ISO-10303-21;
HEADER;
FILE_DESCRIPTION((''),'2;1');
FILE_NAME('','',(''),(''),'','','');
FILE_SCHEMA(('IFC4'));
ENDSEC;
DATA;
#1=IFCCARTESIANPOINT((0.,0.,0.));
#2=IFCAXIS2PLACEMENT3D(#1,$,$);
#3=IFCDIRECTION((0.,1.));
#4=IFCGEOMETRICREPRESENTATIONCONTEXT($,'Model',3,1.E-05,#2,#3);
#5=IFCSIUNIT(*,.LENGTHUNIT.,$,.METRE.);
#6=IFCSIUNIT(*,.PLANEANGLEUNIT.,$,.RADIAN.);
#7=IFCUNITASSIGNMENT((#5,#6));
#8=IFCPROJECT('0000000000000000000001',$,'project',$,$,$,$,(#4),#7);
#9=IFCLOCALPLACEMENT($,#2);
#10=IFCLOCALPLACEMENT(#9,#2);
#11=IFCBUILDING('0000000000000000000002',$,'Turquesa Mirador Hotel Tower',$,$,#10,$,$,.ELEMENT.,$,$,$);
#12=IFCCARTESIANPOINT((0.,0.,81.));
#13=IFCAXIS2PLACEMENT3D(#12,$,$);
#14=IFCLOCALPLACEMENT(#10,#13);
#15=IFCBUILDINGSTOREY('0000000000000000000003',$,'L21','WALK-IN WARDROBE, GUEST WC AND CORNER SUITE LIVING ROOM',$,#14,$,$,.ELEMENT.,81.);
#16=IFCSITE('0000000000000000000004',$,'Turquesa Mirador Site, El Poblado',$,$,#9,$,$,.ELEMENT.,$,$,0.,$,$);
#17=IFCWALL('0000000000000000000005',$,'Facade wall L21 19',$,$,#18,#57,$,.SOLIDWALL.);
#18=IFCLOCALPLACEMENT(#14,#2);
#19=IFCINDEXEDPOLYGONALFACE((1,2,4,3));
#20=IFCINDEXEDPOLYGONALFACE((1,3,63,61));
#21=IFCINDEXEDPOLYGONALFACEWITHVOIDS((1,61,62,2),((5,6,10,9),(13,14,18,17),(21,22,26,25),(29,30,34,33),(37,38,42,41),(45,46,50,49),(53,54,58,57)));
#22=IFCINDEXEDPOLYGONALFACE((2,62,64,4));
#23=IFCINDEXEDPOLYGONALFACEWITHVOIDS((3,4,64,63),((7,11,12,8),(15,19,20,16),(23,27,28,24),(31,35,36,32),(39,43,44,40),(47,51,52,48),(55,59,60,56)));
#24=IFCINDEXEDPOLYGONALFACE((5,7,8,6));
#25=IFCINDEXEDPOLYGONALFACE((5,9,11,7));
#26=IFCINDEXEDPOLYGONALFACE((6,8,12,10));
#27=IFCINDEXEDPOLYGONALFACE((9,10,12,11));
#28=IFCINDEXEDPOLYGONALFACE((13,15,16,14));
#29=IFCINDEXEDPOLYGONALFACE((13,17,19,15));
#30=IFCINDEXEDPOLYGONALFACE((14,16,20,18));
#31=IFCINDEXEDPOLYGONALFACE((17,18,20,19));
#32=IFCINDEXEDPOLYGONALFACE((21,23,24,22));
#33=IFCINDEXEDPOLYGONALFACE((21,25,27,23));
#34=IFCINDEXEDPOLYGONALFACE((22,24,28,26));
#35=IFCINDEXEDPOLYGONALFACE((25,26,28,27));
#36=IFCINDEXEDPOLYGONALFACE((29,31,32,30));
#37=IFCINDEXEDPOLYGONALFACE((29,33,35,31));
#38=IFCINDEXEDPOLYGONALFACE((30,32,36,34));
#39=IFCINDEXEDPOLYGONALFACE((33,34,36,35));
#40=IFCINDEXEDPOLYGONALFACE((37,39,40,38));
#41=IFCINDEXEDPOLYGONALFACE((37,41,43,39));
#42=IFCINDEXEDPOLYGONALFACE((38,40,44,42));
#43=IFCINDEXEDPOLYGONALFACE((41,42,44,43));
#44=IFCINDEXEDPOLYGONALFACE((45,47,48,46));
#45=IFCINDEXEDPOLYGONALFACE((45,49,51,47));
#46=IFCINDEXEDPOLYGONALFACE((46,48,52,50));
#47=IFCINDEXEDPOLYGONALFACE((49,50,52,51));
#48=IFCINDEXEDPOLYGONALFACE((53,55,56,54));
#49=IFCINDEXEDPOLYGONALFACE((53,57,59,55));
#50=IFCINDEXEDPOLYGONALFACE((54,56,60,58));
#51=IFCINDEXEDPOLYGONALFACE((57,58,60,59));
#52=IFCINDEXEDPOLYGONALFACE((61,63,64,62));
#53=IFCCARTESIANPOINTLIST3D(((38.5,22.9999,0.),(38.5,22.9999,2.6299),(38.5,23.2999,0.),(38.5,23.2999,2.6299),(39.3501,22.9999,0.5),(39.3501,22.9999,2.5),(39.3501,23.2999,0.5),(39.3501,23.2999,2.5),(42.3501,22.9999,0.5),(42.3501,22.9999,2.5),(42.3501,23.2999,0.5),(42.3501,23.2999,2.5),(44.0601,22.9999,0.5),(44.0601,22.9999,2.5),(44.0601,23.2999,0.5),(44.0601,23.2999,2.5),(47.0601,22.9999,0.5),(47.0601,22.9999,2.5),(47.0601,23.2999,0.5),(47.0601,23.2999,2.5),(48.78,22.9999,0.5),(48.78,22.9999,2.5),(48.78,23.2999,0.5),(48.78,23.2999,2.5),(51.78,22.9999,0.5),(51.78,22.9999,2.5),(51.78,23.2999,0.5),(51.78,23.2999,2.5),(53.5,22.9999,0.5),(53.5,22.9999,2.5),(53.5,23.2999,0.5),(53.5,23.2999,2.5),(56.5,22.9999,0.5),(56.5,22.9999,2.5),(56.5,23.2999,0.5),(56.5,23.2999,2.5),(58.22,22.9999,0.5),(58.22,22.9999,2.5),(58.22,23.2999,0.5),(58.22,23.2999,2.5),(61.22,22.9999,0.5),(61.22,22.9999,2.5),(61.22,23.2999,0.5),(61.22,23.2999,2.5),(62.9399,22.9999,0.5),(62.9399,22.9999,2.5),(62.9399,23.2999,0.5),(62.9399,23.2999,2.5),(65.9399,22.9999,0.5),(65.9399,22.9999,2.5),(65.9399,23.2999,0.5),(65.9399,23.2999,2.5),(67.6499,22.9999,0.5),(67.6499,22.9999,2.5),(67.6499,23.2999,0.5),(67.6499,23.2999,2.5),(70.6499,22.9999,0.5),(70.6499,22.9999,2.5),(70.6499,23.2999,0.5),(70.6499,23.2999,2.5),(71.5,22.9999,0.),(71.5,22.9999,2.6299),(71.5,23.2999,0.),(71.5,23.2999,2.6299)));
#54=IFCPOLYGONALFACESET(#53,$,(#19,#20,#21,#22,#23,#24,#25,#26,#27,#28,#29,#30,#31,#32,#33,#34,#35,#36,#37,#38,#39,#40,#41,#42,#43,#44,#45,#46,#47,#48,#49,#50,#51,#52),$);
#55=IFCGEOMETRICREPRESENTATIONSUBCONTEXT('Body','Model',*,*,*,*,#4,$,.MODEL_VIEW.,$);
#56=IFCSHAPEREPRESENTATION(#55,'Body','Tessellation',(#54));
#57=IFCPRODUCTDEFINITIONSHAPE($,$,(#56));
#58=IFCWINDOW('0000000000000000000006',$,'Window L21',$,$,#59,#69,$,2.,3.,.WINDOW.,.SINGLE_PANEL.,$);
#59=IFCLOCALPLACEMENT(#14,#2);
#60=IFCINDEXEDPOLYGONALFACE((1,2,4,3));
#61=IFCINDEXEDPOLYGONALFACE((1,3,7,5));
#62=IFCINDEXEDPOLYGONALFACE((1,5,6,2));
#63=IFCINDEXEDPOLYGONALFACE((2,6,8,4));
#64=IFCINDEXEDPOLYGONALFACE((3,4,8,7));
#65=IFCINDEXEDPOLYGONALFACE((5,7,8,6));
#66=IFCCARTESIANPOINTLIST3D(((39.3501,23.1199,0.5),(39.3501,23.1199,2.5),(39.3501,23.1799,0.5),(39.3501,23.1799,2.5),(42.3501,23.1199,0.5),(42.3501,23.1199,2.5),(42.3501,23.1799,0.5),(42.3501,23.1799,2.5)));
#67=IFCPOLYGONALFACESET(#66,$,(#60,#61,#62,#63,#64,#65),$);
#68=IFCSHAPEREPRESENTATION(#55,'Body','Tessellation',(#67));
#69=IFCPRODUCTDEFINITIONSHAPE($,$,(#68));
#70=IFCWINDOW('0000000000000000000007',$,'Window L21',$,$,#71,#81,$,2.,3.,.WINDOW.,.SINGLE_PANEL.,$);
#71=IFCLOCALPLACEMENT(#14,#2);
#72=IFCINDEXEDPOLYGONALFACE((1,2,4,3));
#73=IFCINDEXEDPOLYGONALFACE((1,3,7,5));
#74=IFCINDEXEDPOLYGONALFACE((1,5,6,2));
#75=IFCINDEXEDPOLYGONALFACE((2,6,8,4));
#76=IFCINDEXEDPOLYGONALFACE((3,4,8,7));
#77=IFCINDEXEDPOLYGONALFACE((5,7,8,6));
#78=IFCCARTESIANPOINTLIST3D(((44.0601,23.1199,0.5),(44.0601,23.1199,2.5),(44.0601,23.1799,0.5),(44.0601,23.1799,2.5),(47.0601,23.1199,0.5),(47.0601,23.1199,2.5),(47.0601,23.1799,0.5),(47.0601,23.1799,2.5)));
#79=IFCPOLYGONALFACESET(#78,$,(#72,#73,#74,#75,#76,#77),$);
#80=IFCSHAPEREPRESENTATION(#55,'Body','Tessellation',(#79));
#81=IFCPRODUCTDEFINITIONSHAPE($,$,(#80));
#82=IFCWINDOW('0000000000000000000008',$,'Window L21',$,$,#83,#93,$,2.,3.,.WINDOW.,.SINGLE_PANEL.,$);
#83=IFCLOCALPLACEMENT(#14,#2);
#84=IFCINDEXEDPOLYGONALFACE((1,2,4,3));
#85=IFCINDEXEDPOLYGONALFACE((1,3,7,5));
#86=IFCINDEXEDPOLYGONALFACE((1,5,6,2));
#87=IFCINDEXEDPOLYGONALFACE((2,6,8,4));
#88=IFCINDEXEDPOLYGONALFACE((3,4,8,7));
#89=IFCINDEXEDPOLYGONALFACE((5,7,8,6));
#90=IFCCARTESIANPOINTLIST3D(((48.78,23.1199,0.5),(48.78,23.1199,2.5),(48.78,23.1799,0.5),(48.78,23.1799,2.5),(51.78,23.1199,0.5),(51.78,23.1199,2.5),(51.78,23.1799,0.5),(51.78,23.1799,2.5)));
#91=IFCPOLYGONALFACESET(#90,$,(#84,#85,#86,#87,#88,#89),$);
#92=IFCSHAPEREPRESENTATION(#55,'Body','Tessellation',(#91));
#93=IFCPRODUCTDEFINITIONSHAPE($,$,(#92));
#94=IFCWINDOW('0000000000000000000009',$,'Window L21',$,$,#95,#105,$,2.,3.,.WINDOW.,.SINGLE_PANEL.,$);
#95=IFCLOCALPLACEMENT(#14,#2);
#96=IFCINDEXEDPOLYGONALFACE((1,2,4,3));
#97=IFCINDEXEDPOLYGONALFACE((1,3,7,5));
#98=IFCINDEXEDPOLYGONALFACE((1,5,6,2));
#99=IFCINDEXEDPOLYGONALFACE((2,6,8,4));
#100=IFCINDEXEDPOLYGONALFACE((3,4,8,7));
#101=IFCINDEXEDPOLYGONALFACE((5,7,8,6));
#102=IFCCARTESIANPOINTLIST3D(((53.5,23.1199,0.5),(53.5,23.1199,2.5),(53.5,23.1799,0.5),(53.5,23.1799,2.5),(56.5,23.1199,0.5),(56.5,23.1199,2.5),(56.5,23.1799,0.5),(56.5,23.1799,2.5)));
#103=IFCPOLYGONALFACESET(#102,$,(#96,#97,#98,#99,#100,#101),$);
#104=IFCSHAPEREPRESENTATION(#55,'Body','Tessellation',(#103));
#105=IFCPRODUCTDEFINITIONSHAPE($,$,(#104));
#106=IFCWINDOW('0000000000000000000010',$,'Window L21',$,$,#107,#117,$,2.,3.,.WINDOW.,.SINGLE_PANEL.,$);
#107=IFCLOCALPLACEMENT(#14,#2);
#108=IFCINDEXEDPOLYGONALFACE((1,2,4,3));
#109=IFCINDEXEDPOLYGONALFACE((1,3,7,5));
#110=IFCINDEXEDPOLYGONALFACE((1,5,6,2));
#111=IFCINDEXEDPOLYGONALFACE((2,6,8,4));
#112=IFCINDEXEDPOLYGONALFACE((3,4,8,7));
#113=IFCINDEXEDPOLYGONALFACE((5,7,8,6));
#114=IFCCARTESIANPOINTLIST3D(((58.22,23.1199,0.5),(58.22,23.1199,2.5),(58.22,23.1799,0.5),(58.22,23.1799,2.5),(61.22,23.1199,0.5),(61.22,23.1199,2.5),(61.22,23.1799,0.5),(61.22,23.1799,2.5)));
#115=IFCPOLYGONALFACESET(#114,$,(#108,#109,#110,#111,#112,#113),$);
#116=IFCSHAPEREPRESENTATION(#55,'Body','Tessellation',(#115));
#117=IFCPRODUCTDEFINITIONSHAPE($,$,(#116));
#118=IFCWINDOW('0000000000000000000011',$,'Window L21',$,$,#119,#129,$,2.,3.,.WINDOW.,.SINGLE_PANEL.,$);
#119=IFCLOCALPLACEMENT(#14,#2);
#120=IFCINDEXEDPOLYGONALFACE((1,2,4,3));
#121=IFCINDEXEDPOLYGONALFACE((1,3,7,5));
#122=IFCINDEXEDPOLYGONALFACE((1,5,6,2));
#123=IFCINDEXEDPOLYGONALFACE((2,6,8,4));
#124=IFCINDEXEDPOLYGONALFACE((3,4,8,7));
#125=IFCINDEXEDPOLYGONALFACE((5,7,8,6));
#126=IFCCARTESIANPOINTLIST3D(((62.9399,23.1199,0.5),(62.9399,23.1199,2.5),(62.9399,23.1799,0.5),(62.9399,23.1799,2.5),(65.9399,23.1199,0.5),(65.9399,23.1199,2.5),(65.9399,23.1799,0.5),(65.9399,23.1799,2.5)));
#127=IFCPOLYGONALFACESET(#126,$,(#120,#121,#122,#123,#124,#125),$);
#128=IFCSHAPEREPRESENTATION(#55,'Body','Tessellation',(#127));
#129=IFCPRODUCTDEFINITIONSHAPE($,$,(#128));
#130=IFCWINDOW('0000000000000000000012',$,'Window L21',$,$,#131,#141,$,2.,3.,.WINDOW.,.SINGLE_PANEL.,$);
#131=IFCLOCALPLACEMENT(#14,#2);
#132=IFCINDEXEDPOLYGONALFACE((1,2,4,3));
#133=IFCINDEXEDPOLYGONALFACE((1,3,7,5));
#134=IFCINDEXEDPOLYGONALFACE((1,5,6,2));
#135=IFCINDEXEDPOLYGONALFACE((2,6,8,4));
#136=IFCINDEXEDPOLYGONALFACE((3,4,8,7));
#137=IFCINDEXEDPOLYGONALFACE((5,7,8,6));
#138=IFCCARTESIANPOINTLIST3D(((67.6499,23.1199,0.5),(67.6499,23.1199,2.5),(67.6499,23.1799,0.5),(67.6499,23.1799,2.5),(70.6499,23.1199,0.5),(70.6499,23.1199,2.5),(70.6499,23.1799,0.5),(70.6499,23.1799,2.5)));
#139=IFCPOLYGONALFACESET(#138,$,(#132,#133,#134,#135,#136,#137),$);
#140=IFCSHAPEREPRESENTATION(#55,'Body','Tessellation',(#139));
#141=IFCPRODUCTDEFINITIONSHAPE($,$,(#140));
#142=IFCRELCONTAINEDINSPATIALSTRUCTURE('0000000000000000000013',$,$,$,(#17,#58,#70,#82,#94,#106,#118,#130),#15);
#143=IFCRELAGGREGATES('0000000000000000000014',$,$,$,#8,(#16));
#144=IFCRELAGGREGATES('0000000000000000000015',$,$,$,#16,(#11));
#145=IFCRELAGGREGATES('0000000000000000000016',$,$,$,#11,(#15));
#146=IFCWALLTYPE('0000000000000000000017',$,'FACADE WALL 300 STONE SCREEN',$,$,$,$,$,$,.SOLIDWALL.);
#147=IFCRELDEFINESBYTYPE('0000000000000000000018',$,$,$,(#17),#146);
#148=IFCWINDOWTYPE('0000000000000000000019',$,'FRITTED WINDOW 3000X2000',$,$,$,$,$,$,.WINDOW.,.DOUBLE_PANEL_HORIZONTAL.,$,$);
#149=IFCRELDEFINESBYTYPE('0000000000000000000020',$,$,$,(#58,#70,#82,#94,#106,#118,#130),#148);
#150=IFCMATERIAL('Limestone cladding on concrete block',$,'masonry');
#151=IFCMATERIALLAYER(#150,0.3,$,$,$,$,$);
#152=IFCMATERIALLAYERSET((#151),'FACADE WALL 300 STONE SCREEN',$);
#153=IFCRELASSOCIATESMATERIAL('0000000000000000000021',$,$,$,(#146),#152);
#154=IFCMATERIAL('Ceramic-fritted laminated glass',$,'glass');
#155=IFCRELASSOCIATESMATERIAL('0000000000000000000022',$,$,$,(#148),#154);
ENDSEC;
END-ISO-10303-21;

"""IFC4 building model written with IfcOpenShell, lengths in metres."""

from ifc_helpers import new_model, si_unit, direction, frame, frame_2d, origin, place, context, subcontext, project, spatial, rectangle, extrude, material, layer, layer_set, type_object, element, fill, save


model = new_model("IFC4")

# Units and contexts
model_context = context("Model", 3, precision=1e-05, world=origin(), true_north=direction((0.0, 1.0)))
body_context = subcontext(model_context, "Body", "Model", "MODEL_VIEW")
ifc_project = project(units=[si_unit("LENGTHUNIT", "METRE"), si_unit("PLANEANGLEUNIT", "RADIAN")], contexts=[model_context])

# Site, building, storey
site_placement = place(None, origin())
site = spatial("IfcSite", under=ifc_project, at=site_placement, Name="Turquesa Mirador Site, El Poblado", CompositionType="ELEMENT", RefElevation=0.0)
building_placement = place(site_placement, origin())
building = spatial("IfcBuilding", under=site, at=building_placement, Name="Turquesa Mirador Hotel Tower", CompositionType="ELEMENT")
storey_placement = place(building_placement, frame((0.0, 0.0, 81.0)))
storey = spatial("IfcBuildingStorey", under=building, at=storey_placement, Name="L21", Description="WALK-IN WARDROBE, GUEST WC AND CORNER SUITE LIVING ROOM", CompositionType="ELEMENT", Elevation=81.0)

# Shared definitions
ifc_material_1 = material(Name="Limestone cladding on concrete block", Category="masonry")
ifc_layer_1 = layer(ifc_material_1, 0.3)
ifc_layer_set_1 = layer_set([ifc_layer_1], Name="FACADE WALL 300 STONE SCREEN")
wall_type = type_object("IfcWallType", Name="FACADE WALL 300 STONE SCREEN", PredefinedType="SOLIDWALL", material=ifc_layer_set_1)

# Wall, openings, windows
wall_1_placement = place(storey_placement, frame((38.5, 23.1499, 0.0), z_axis=(0.0, 0.0, 1.0), x_axis=(1.0, 0.0, 0.0)))
wall_1 = element("IfcWall", 1, at=wall_1_placement, inside=storey, type_object=wall_type, Name="Facade wall L21 19", PredefinedType="SOLIDWALL", context=body_context, shape_type="SweptSolid", body=[
    extrude(rectangle(XDim=33.0, YDim=0.3, at=frame_2d((16.5, 0.0))), origin(), (0.0, 0.0, 1.0), 2.6299),
])
opening_1_placement = place(wall_1_placement, frame((0.8501, 0.0, 0.5)))
opening_1 = element("IfcOpeningElement", 2, at=opening_1_placement, cuts=wall_1, PredefinedType="OPENING", context=body_context, shape_type="SweptSolid", body=[
    extrude(rectangle(XDim=3.0, YDim=2.0, at=frame_2d((1.5, 1.0))), frame((0.0, 0.1599, 0.0), z_axis=(0.0, -1.0, 0.0), x_axis=(1.0, 0.0, 0.0)), (0.0, 0.0, 1.0), 0.3201),
])
opening_2_placement = place(wall_1_placement, frame((5.5601, 0.0, 0.5)))
opening_2 = element("IfcOpeningElement", 3, at=opening_2_placement, cuts=wall_1, PredefinedType="OPENING", context=body_context, shape_type="SweptSolid", body=[
    extrude(rectangle(XDim=3.0, YDim=2.0, at=frame_2d((1.5, 1.0))), frame((0.0, 0.1599, 0.0), z_axis=(0.0, -1.0, 0.0), x_axis=(1.0, 0.0, 0.0)), (0.0, 0.0, 1.0), 0.3201),
])
opening_3_placement = place(wall_1_placement, frame((10.28, 0.0, 0.5)))
opening_3 = element("IfcOpeningElement", 4, at=opening_3_placement, cuts=wall_1, PredefinedType="OPENING", context=body_context, shape_type="SweptSolid", body=[
    extrude(rectangle(XDim=3.0, YDim=2.0, at=frame_2d((1.5, 1.0))), frame((0.0, 0.1599, 0.0), z_axis=(0.0, -1.0, 0.0), x_axis=(1.0, 0.0, 0.0)), (0.0, 0.0, 1.0), 0.3201),
])
opening_4_placement = place(wall_1_placement, frame((15.0, 0.0, 0.5)))
opening_4 = element("IfcOpeningElement", 5, at=opening_4_placement, cuts=wall_1, PredefinedType="OPENING", context=body_context, shape_type="SweptSolid", body=[
    extrude(rectangle(XDim=3.0, YDim=2.0, at=frame_2d((1.5, 1.0))), frame((0.0, 0.1599, 0.0), z_axis=(0.0, -1.0, 0.0), x_axis=(1.0, 0.0, 0.0)), (0.0, 0.0, 1.0), 0.3201),
])
opening_5_placement = place(wall_1_placement, frame((19.72, 0.0, 0.5)))
opening_5 = element("IfcOpeningElement", 6, at=opening_5_placement, cuts=wall_1, PredefinedType="OPENING", context=body_context, shape_type="SweptSolid", body=[
    extrude(rectangle(XDim=3.0, YDim=2.0, at=frame_2d((1.5, 1.0))), frame((0.0, 0.1599, 0.0), z_axis=(0.0, -1.0, 0.0), x_axis=(1.0, 0.0, 0.0)), (0.0, 0.0, 1.0), 0.3201),
])
opening_6_placement = place(wall_1_placement, frame((24.4399, 0.0, 0.5)))
opening_6 = element("IfcOpeningElement", 7, at=opening_6_placement, cuts=wall_1, PredefinedType="OPENING", context=body_context, shape_type="SweptSolid", body=[
    extrude(rectangle(XDim=3.0, YDim=2.0, at=frame_2d((1.5, 1.0))), frame((0.0, 0.1599, 0.0), z_axis=(0.0, -1.0, 0.0), x_axis=(1.0, 0.0, 0.0)), (0.0, 0.0, 1.0), 0.3201),
])
opening_7_placement = place(wall_1_placement, frame((29.1499, 0.0, 0.5)))
opening_7 = element("IfcOpeningElement", 8, at=opening_7_placement, cuts=wall_1, PredefinedType="OPENING", context=body_context, shape_type="SweptSolid", body=[
    extrude(rectangle(XDim=3.0, YDim=2.0, at=frame_2d((1.5, 1.0))), frame((0.0, 0.1599, 0.0), z_axis=(0.0, -1.0, 0.0), x_axis=(1.0, 0.0, 0.0)), (0.0, 0.0, 1.0), 0.3201),
])
ifc_material_2 = material(Name="Ceramic-fritted laminated glass", Category="glass")
window_type_1 = type_object("IfcWindowType", Name="FRITTED WINDOW 3000X2000", PartitioningType="DOUBLE_PANEL_HORIZONTAL", PredefinedType="WINDOW", material=ifc_material_2)
window_1_placement = place(opening_1_placement, origin())
window_1 = element("IfcWindow", 9, at=window_1_placement, inside=storey, type_object=window_type_1, Name="Window L21", OverallHeight=2.0, OverallWidth=3.0, PartitioningType="SINGLE_PANEL", PredefinedType="WINDOW", context=body_context, shape_type="SweptSolid", body=[
    extrude(rectangle(XDim=3.0, YDim=2.0, at=frame_2d((1.5, 1.0))), frame((0.0, 0.03, 0.0), z_axis=(0.0, -1.0, 0.0), x_axis=(1.0, 0.0, 0.0)), (0.0, 0.0, 1.0), 0.0601),
])
fill(opening_1, window_1)
window_2_placement = place(opening_2_placement, origin())
window_2 = element("IfcWindow", 10, at=window_2_placement, inside=storey, type_object=window_type_1, Name="Window L21", OverallHeight=2.0, OverallWidth=3.0, PartitioningType="SINGLE_PANEL", PredefinedType="WINDOW", context=body_context, shape_type="SweptSolid", body=[
    extrude(rectangle(XDim=3.0, YDim=2.0, at=frame_2d((1.5, 1.0))), frame((0.0, 0.03, 0.0), z_axis=(0.0, -1.0, 0.0), x_axis=(1.0, 0.0, 0.0)), (0.0, 0.0, 1.0), 0.0601),
])
fill(opening_2, window_2)
window_3_placement = place(opening_3_placement, origin())
window_3 = element("IfcWindow", 11, at=window_3_placement, inside=storey, type_object=window_type_1, Name="Window L21", OverallHeight=2.0, OverallWidth=3.0, PartitioningType="SINGLE_PANEL", PredefinedType="WINDOW", context=body_context, shape_type="SweptSolid", body=[
    extrude(rectangle(XDim=3.0, YDim=2.0, at=frame_2d((1.5, 1.0))), frame((0.0, 0.03, 0.0), z_axis=(0.0, -1.0, 0.0), x_axis=(1.0, 0.0, 0.0)), (0.0, 0.0, 1.0), 0.0601),
])
fill(opening_3, window_3)
window_4_placement = place(opening_4_placement, origin())
window_4 = element("IfcWindow", 12, at=window_4_placement, inside=storey, type_object=window_type_1, Name="Window L21", OverallHeight=2.0, OverallWidth=3.0, PartitioningType="SINGLE_PANEL", PredefinedType="WINDOW", context=body_context, shape_type="SweptSolid", body=[
    extrude(rectangle(XDim=3.0, YDim=2.0, at=frame_2d((1.5, 1.0))), frame((0.0, 0.03, 0.0), z_axis=(0.0, -1.0, 0.0), x_axis=(1.0, 0.0, 0.0)), (0.0, 0.0, 1.0), 0.0601),
])
fill(opening_4, window_4)
window_5_placement = place(opening_5_placement, origin())
window_5 = element("IfcWindow", 13, at=window_5_placement, inside=storey, type_object=window_type_1, Name="Window L21", OverallHeight=2.0, OverallWidth=3.0, PartitioningType="SINGLE_PANEL", PredefinedType="WINDOW", context=body_context, shape_type="SweptSolid", body=[
    extrude(rectangle(XDim=3.0, YDim=2.0, at=frame_2d((1.5, 1.0))), frame((0.0, 0.03, 0.0), z_axis=(0.0, -1.0, 0.0), x_axis=(1.0, 0.0, 0.0)), (0.0, 0.0, 1.0), 0.0601),
])
fill(opening_5, window_5)
window_6_placement = place(opening_6_placement, origin())
window_6 = element("IfcWindow", 14, at=window_6_placement, inside=storey, type_object=window_type_1, Name="Window L21", OverallHeight=2.0, OverallWidth=3.0, PartitioningType="SINGLE_PANEL", PredefinedType="WINDOW", context=body_context, shape_type="SweptSolid", body=[
    extrude(rectangle(XDim=3.0, YDim=2.0, at=frame_2d((1.5, 1.0))), frame((0.0, 0.03, 0.0), z_axis=(0.0, -1.0, 0.0), x_axis=(1.0, 0.0, 0.0)), (0.0, 0.0, 1.0), 0.0601),
])
fill(opening_6, window_6)
window_7_placement = place(opening_7_placement, origin())
window_7 = element("IfcWindow", 15, at=window_7_placement, inside=storey, type_object=window_type_1, Name="Window L21", OverallHeight=2.0, OverallWidth=3.0, PartitioningType="SINGLE_PANEL", PredefinedType="WINDOW", context=body_context, shape_type="SweptSolid", body=[
    extrude(rectangle(XDim=3.0, YDim=2.0, at=frame_2d((1.5, 1.0))), frame((0.0, 0.03, 0.0), z_axis=(0.0, -1.0, 0.0), x_axis=(1.0, 0.0, 0.0)), (0.0, 0.0, 1.0), 0.0601),
])
fill(opening_7, window_7)

save(model, "model.ifc")
